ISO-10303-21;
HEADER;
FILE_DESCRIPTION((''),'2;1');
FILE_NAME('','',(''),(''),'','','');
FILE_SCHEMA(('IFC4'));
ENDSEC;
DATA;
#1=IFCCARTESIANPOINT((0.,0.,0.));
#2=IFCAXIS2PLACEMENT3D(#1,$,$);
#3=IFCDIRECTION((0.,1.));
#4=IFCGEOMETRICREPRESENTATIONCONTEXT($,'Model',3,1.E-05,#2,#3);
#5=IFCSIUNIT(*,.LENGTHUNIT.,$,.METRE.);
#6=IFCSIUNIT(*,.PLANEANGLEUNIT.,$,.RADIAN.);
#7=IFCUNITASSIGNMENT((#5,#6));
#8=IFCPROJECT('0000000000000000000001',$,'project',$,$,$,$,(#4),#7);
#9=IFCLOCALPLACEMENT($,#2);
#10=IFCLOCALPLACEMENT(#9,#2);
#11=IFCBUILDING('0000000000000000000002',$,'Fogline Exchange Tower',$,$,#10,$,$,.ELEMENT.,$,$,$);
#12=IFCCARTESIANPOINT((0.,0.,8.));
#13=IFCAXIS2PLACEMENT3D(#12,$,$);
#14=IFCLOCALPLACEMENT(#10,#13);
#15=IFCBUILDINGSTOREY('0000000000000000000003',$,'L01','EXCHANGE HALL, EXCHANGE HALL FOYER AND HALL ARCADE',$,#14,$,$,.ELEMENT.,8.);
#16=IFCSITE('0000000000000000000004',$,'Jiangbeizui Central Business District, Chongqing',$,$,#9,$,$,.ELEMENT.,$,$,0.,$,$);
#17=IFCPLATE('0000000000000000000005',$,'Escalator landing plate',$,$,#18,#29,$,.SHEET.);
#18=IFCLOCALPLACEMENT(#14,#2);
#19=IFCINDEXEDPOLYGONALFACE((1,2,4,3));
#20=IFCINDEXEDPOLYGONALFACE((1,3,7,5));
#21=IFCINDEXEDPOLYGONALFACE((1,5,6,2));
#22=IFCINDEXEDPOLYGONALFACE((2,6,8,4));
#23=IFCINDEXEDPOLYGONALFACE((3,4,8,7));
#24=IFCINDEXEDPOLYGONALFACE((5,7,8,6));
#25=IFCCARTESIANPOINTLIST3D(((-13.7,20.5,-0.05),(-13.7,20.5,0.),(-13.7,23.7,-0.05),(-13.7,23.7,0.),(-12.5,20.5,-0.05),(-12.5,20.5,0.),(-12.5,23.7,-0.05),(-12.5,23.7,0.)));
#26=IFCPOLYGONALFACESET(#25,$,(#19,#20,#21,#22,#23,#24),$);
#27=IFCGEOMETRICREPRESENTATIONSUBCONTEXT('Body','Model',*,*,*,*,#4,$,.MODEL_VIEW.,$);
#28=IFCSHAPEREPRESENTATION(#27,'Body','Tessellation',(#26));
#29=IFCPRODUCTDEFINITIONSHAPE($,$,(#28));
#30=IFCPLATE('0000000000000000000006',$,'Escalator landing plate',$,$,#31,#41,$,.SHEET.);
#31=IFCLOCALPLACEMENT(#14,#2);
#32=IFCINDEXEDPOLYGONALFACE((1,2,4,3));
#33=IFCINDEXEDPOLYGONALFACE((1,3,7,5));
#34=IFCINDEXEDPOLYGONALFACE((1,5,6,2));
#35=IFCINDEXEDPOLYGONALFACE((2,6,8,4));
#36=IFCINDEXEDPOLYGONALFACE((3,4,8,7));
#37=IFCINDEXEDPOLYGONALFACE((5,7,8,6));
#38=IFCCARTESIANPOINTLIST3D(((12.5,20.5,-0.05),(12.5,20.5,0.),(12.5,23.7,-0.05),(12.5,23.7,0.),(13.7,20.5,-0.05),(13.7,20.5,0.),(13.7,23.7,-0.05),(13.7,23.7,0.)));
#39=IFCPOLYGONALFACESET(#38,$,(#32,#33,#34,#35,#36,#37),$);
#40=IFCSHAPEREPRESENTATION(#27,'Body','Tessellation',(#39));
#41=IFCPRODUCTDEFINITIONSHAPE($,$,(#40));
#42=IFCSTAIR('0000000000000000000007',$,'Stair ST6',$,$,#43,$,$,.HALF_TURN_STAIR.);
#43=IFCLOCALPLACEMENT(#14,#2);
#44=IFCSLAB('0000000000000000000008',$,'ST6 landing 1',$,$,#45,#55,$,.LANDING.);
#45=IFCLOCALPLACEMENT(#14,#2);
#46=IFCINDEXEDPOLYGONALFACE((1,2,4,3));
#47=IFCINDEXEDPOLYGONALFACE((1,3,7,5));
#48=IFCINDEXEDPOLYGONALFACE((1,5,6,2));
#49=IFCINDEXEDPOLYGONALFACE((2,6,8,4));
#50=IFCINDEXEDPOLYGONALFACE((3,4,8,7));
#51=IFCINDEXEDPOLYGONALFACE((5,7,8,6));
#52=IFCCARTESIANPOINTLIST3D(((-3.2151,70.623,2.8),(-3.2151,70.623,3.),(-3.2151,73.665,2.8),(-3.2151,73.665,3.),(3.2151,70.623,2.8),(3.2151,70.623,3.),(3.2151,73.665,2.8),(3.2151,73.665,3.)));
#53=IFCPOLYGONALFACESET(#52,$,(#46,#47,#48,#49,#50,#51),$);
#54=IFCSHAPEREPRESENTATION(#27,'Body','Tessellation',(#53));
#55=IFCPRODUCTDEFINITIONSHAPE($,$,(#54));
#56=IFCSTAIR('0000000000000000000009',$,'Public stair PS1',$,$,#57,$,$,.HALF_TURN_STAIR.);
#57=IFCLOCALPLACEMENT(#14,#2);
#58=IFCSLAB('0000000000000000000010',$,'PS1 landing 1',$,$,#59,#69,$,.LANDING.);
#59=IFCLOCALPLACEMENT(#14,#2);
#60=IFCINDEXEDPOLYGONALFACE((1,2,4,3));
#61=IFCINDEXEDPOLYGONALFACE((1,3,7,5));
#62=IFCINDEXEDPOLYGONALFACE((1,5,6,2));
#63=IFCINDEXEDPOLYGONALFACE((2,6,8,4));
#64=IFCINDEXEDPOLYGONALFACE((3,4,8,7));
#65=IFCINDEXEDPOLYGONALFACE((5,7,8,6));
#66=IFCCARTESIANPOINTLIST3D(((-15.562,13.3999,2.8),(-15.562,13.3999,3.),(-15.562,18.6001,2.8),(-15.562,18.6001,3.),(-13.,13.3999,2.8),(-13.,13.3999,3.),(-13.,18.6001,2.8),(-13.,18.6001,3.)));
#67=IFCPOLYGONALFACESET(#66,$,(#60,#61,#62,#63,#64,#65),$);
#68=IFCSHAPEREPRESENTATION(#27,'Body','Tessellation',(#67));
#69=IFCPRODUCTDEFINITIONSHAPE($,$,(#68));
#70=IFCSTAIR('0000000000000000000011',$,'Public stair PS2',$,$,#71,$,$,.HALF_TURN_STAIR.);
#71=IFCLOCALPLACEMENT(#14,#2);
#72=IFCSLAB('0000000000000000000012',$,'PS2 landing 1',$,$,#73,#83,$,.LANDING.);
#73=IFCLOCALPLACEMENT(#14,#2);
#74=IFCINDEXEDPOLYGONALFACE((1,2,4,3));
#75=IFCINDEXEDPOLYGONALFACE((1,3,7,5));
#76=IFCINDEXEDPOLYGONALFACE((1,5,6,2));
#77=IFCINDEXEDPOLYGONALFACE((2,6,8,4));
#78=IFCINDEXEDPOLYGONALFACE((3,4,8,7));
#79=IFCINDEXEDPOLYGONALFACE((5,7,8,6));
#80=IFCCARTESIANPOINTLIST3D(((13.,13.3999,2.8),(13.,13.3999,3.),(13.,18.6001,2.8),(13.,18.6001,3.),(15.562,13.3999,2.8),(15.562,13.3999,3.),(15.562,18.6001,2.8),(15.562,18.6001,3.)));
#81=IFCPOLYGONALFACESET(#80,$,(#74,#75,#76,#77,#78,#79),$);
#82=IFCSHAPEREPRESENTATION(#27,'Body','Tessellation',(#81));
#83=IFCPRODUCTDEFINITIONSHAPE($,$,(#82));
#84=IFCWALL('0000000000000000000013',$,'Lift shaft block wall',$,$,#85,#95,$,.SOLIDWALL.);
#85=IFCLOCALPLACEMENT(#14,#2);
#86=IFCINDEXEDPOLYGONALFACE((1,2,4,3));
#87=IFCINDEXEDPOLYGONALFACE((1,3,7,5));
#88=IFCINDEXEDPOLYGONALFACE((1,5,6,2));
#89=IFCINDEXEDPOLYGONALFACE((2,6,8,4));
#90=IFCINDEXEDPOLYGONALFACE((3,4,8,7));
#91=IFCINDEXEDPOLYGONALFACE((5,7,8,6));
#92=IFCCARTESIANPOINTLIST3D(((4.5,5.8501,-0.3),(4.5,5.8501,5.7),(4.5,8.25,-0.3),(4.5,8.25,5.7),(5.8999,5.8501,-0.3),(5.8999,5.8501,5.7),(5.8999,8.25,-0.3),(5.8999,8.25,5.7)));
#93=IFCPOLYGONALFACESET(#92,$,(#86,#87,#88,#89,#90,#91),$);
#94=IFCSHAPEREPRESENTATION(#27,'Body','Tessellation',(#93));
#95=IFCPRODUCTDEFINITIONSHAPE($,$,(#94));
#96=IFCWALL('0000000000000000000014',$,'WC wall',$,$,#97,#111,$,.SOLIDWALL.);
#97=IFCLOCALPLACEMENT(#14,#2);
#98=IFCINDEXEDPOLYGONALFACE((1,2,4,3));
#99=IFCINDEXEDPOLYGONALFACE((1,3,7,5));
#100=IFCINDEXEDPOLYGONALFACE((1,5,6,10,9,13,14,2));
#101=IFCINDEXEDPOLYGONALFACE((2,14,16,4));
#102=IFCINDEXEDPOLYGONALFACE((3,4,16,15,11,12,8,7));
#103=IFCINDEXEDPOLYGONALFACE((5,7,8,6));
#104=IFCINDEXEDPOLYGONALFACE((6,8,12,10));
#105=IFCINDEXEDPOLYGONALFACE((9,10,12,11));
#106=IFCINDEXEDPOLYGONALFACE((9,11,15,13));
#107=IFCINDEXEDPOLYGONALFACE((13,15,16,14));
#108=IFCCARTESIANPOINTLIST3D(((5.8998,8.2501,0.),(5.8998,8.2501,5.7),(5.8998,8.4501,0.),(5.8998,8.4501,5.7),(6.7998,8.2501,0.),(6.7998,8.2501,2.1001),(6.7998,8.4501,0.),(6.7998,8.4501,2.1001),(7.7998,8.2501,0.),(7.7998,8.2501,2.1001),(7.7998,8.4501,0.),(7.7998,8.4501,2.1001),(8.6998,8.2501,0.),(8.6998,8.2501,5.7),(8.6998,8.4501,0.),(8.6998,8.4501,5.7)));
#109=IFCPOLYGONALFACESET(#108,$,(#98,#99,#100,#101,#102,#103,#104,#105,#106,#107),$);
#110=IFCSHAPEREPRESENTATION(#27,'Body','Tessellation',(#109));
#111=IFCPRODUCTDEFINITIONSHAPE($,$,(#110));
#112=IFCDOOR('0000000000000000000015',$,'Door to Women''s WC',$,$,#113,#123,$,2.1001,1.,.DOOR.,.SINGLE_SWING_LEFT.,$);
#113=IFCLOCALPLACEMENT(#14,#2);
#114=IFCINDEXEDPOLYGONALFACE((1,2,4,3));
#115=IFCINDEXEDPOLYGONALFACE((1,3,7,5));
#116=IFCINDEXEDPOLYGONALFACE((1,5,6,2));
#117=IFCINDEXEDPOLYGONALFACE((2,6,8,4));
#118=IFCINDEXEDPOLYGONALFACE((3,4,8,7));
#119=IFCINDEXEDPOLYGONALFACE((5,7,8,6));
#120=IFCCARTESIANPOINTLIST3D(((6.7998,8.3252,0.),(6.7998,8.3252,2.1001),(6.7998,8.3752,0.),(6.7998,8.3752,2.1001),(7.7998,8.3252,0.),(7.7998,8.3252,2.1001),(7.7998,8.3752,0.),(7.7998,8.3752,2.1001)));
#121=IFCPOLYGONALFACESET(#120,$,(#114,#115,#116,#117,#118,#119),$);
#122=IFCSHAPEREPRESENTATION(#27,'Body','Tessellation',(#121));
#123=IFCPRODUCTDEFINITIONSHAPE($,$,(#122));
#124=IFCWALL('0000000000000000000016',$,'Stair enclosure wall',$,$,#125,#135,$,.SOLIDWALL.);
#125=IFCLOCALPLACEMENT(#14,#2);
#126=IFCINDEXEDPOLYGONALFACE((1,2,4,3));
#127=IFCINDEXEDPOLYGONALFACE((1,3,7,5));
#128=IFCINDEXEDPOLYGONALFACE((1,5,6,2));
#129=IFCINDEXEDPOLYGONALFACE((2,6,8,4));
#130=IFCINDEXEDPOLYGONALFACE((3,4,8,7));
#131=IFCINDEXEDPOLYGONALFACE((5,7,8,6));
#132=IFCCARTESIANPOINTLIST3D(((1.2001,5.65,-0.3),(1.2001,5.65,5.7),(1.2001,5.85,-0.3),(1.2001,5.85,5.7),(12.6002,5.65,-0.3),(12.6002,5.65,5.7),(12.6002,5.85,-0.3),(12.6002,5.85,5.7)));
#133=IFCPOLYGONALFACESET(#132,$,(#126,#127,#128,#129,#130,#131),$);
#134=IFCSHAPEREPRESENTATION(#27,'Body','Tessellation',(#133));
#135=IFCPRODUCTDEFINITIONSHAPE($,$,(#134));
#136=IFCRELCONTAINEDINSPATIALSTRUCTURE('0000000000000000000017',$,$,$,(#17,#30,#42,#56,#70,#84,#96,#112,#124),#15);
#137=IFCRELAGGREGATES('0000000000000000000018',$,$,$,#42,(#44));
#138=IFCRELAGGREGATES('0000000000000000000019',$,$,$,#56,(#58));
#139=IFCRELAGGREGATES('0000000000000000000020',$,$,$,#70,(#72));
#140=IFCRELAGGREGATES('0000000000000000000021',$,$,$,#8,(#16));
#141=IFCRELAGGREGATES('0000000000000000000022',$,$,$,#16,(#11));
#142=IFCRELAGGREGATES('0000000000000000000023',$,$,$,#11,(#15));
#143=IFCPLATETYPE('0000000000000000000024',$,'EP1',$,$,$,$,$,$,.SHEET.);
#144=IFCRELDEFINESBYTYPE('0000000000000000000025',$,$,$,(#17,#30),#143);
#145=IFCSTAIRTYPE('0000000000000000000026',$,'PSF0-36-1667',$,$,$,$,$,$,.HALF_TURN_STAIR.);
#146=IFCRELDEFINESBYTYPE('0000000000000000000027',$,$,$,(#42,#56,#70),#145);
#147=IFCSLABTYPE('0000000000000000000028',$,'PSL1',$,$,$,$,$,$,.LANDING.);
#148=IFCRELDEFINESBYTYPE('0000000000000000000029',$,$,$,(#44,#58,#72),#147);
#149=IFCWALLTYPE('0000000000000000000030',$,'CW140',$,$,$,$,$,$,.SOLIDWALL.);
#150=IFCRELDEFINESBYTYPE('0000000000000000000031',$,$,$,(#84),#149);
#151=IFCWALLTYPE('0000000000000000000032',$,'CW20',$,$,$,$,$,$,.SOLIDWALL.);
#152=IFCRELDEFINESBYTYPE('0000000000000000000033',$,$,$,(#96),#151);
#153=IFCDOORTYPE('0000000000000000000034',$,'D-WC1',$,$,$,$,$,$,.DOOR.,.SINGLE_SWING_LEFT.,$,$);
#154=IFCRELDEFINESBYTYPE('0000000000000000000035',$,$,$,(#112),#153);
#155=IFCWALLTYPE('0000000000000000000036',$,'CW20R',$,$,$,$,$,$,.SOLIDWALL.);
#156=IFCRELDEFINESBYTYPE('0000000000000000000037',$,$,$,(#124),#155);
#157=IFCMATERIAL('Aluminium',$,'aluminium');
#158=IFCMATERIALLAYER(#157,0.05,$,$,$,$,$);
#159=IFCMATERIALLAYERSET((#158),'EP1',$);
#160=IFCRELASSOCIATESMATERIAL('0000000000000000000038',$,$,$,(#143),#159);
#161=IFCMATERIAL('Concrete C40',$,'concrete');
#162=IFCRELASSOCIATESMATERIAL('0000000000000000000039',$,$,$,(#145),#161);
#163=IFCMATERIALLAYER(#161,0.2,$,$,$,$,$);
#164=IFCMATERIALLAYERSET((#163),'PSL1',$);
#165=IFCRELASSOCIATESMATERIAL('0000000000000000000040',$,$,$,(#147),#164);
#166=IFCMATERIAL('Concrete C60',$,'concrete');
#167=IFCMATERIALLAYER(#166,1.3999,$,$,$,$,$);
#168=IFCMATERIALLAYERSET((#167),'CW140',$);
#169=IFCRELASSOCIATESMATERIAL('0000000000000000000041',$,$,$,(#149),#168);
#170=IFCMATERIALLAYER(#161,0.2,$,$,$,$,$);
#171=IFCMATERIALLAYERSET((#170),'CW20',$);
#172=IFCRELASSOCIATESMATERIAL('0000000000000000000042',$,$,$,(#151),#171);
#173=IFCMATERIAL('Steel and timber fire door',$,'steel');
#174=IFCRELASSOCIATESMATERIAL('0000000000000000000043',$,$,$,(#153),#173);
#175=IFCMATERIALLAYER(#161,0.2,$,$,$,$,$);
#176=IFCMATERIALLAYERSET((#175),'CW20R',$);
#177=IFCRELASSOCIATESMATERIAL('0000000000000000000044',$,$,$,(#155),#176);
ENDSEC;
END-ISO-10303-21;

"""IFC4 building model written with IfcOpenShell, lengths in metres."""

from ifc_helpers import new_model, si_unit, direction, frame, frame_2d, origin, place, context, subcontext, project, spatial, polyline, rectangle, outline, extrude, material, layer, layer_set, type_object, element, fill, aggregate, save


model = new_model("IFC4")

# Units and contexts
model_context = context("Model", 3, precision=1e-05, world=origin(), true_north=direction((0.0, 1.0)))
body_context = subcontext(model_context, "Body", "Model", "MODEL_VIEW")
ifc_project = project(units=[si_unit("LENGTHUNIT", "METRE"), si_unit("PLANEANGLEUNIT", "RADIAN")], contexts=[model_context])

# Site, building, storey
site_placement = place(None, origin())
site = spatial("IfcSite", under=ifc_project, at=site_placement, Name="Jiangbeizui Central Business District, Chongqing", CompositionType="ELEMENT", RefElevation=0.0)
building_placement = place(site_placement, origin())
building = spatial("IfcBuilding", under=site, at=building_placement, Name="Fogline Exchange Tower", CompositionType="ELEMENT")
storey_placement = place(building_placement, frame((0.0, 0.0, 8.0)))
storey = spatial("IfcBuildingStorey", under=building, at=storey_placement, Name="L01", Description="EXCHANGE HALL, EXCHANGE HALL FOYER AND HALL ARCADE", CompositionType="ELEMENT", Elevation=8.0)

# Plates
ifc_material_1 = material(Name="Aluminium", Category="aluminium")
ifc_layer_1 = layer(ifc_material_1, 0.05)
ifc_layer_set_1 = layer_set([ifc_layer_1], Name="EP1")
plate_type = type_object("IfcPlateType", Name="EP1", PredefinedType="SHEET", material=ifc_layer_set_1)
plate_1_placement = place(storey_placement, frame((0.0, 0.0, -0.05)))
element("IfcPlate", 1, at=plate_1_placement, inside=storey, type_object=plate_type, Name="Escalator landing plate", PredefinedType="SHEET", context=body_context, shape_type="SweptSolid", body=[
    extrude(outline(polyline([(-13.7, 20.5), (-12.5, 20.5), (-12.5, 23.7), (-13.7, 23.7), (-13.7, 20.5)])), origin(), (0.0, 0.0, 1.0), 0.05),
])
plate_2_placement = place(storey_placement, frame((0.0, 0.0, -0.05)))
element("IfcPlate", 2, at=plate_2_placement, inside=storey, type_object=plate_type, Name="Escalator landing plate", PredefinedType="SHEET", context=body_context, shape_type="SweptSolid", body=[
    extrude(outline(polyline([(12.5, 20.5), (13.7, 20.5), (13.7, 23.7), (12.5, 23.7), (12.5, 20.5)])), origin(), (0.0, 0.0, 1.0), 0.05),
])

# Stairs, slabs
ifc_material_2 = material(Name="Concrete C40", Category="concrete")
stair_type_1 = type_object("IfcStairType", Name="PSF0-36-1667", PredefinedType="HALF_TURN_STAIR", material=ifc_material_2)
stair_1_placement = place(storey_placement, origin())
stair_1 = element("IfcStair", 3, at=stair_1_placement, inside=storey, type_object=stair_type_1, Name="Stair ST6", PredefinedType="HALF_TURN_STAIR")
ifc_layer_2 = layer(ifc_material_2, 0.2)
ifc_layer_set_2 = layer_set([ifc_layer_2], Name="PSL1")
slab_type = type_object("IfcSlabType", Name="PSL1", PredefinedType="LANDING", material=ifc_layer_set_2)
slab_1_placement = place(storey_placement, frame((0.0, 0.0, 2.8)))
slab_1 = element("IfcSlab", 4, at=slab_1_placement, type_object=slab_type, Name="ST6 landing 1", PredefinedType="LANDING", context=body_context, shape_type="SweptSolid", body=[
    extrude(outline(polyline([(-3.2151, 73.665), (-3.2151, 70.623), (3.2151, 70.623), (3.2151, 73.665), (-3.2151, 73.665)])), origin(), (0.0, 0.0, 1.0), 0.2),
])
aggregate(stair_1, [slab_1])
stair_2_placement = place(storey_placement, origin())
stair_2 = element("IfcStair", 5, at=stair_2_placement, inside=storey, type_object=stair_type_1, Name="Public stair PS1", PredefinedType="HALF_TURN_STAIR")
slab_2_placement = place(storey_placement, frame((0.0, 0.0, 2.8)))
slab_2 = element("IfcSlab", 6, at=slab_2_placement, type_object=slab_type, Name="PS1 landing 1", PredefinedType="LANDING", context=body_context, shape_type="SweptSolid", body=[
    extrude(outline(polyline([(-15.562, 13.3999), (-13.0, 13.3999), (-13.0, 18.6001), (-15.562, 18.6001), (-15.562, 13.3999)])), origin(), (0.0, 0.0, 1.0), 0.2),
])
aggregate(stair_2, [slab_2])
stair_3_placement = place(storey_placement, origin())
stair_3 = element("IfcStair", 7, at=stair_3_placement, inside=storey, type_object=stair_type_1, Name="Public stair PS2", PredefinedType="HALF_TURN_STAIR")
slab_3_placement = place(storey_placement, frame((0.0, 0.0, 2.8)))
slab_3 = element("IfcSlab", 8, at=slab_3_placement, type_object=slab_type, Name="PS2 landing 1", PredefinedType="LANDING", context=body_context, shape_type="SweptSolid", body=[
    extrude(outline(polyline([(15.562, 13.3999), (13.0, 13.3999), (13.0, 18.6001), (15.562, 18.6001), (15.562, 13.3999)])), origin(), (0.0, 0.0, 1.0), 0.2),
])
aggregate(stair_3, [slab_3])

# Wall
ifc_material_3 = material(Name="Concrete C60", Category="concrete")
ifc_layer_3 = layer(ifc_material_3, 1.3999)
ifc_layer_set_3 = layer_set([ifc_layer_3], Name="CW140")
wall_type_1 = type_object("IfcWallType", Name="CW140", PredefinedType="SOLIDWALL", material=ifc_layer_set_3)
wall_1_placement = place(storey_placement, frame((5.2, 5.8501, -0.3), z_axis=(0.0, 0.0, 1.0), x_axis=(0.0, 1.0, 0.0)))
element("IfcWall", 9, at=wall_1_placement, inside=storey, type_object=wall_type_1, Name="Lift shaft block wall", PredefinedType="SOLIDWALL", context=body_context, shape_type="SweptSolid", body=[
    extrude(rectangle(XDim=2.3999, YDim=1.3999, at=frame_2d((1.2, 0.0))), origin(), (0.0, 0.0, 1.0), 6.0),
])

# Wall, opening, door
ifc_layer_4 = layer(ifc_material_2, 0.2)
ifc_layer_set_4 = layer_set([ifc_layer_4], Name="CW20")
wall_type_2 = type_object("IfcWallType", Name="CW20", PredefinedType="SOLIDWALL", material=ifc_layer_set_4)
wall_2_placement = place(storey_placement, frame((5.8999, 8.3501, 0.0), z_axis=(0.0, 0.0, 1.0), x_axis=(1.0, 0.0, 0.0)))
wall_2 = element("IfcWall", 10, at=wall_2_placement, inside=storey, type_object=wall_type_2, Name="WC wall", PredefinedType="SOLIDWALL", context=body_context, shape_type="SweptSolid", body=[
    extrude(rectangle(XDim=2.8, YDim=0.2, at=frame_2d((1.3999, 0.0))), origin(), (0.0, 0.0, 1.0), 5.7),
])
opening_1_placement = place(wall_2_placement, frame((0.8999, 0.0, 0.0)))
opening_1 = element("IfcOpeningElement", 11, at=opening_1_placement, cuts=wall_2, PredefinedType="OPENING", context=body_context, shape_type="SweptSolid", body=[
    extrude(rectangle(XDim=1.0, YDim=2.1001, at=frame_2d((0.5, 1.05))), frame((0.0, 0.1099, 0.0), z_axis=(0.0, -1.0, 0.0), x_axis=(1.0, 0.0, 0.0)), (0.0, 0.0, 1.0), 0.22),
])
ifc_material_4 = material(Name="Steel and timber fire door", Category="steel")
door_type_1 = type_object("IfcDoorType", Name="D-WC1", OperationType="SINGLE_SWING_LEFT", PredefinedType="DOOR", material=ifc_material_4)
door_1_placement = place(opening_1_placement, frame((1.0, 0.0, 0.0), z_axis=(0.0, 0.0, 1.0), x_axis=(-1.0, 0.0, 0.0)))
door_1 = element("IfcDoor", 12, at=door_1_placement, inside=storey, type_object=door_type_1, Name="Door to Women's WC", OperationType="SINGLE_SWING_LEFT", OverallHeight=2.1001, OverallWidth=1.0, PredefinedType="DOOR", context=body_context, shape_type="SweptSolid", body=[
    extrude(rectangle(XDim=1.0, YDim=2.1001, at=frame_2d((0.5, 1.05))), frame((0.0, 0.0249, 0.0), z_axis=(0.0, -1.0, 0.0), x_axis=(1.0, 0.0, 0.0)), (0.0, 0.0, 1.0), 0.05),
])
fill(opening_1, door_1)

# Wall
ifc_layer_5 = layer(ifc_material_2, 0.2)
ifc_layer_set_5 = layer_set([ifc_layer_5], Name="CW20R")
wall_type_3 = type_object("IfcWallType", Name="CW20R", PredefinedType="SOLIDWALL", material=ifc_layer_set_5)
wall_3_placement = place(storey_placement, frame((1.2, 5.75, -0.3), z_axis=(0.0, 0.0, 1.0), x_axis=(1.0, 0.0, 0.0)))
element("IfcWall", 13, at=wall_3_placement, inside=storey, type_object=wall_type_3, Name="Stair enclosure wall", PredefinedType="SOLIDWALL", context=body_context, shape_type="SweptSolid", body=[
    extrude(rectangle(XDim=11.4001, YDim=0.2, at=frame_2d((5.7002, 0.0))), origin(), (0.0, 0.0, 1.0), 6.0),
])

save(model, "model.ifc")
